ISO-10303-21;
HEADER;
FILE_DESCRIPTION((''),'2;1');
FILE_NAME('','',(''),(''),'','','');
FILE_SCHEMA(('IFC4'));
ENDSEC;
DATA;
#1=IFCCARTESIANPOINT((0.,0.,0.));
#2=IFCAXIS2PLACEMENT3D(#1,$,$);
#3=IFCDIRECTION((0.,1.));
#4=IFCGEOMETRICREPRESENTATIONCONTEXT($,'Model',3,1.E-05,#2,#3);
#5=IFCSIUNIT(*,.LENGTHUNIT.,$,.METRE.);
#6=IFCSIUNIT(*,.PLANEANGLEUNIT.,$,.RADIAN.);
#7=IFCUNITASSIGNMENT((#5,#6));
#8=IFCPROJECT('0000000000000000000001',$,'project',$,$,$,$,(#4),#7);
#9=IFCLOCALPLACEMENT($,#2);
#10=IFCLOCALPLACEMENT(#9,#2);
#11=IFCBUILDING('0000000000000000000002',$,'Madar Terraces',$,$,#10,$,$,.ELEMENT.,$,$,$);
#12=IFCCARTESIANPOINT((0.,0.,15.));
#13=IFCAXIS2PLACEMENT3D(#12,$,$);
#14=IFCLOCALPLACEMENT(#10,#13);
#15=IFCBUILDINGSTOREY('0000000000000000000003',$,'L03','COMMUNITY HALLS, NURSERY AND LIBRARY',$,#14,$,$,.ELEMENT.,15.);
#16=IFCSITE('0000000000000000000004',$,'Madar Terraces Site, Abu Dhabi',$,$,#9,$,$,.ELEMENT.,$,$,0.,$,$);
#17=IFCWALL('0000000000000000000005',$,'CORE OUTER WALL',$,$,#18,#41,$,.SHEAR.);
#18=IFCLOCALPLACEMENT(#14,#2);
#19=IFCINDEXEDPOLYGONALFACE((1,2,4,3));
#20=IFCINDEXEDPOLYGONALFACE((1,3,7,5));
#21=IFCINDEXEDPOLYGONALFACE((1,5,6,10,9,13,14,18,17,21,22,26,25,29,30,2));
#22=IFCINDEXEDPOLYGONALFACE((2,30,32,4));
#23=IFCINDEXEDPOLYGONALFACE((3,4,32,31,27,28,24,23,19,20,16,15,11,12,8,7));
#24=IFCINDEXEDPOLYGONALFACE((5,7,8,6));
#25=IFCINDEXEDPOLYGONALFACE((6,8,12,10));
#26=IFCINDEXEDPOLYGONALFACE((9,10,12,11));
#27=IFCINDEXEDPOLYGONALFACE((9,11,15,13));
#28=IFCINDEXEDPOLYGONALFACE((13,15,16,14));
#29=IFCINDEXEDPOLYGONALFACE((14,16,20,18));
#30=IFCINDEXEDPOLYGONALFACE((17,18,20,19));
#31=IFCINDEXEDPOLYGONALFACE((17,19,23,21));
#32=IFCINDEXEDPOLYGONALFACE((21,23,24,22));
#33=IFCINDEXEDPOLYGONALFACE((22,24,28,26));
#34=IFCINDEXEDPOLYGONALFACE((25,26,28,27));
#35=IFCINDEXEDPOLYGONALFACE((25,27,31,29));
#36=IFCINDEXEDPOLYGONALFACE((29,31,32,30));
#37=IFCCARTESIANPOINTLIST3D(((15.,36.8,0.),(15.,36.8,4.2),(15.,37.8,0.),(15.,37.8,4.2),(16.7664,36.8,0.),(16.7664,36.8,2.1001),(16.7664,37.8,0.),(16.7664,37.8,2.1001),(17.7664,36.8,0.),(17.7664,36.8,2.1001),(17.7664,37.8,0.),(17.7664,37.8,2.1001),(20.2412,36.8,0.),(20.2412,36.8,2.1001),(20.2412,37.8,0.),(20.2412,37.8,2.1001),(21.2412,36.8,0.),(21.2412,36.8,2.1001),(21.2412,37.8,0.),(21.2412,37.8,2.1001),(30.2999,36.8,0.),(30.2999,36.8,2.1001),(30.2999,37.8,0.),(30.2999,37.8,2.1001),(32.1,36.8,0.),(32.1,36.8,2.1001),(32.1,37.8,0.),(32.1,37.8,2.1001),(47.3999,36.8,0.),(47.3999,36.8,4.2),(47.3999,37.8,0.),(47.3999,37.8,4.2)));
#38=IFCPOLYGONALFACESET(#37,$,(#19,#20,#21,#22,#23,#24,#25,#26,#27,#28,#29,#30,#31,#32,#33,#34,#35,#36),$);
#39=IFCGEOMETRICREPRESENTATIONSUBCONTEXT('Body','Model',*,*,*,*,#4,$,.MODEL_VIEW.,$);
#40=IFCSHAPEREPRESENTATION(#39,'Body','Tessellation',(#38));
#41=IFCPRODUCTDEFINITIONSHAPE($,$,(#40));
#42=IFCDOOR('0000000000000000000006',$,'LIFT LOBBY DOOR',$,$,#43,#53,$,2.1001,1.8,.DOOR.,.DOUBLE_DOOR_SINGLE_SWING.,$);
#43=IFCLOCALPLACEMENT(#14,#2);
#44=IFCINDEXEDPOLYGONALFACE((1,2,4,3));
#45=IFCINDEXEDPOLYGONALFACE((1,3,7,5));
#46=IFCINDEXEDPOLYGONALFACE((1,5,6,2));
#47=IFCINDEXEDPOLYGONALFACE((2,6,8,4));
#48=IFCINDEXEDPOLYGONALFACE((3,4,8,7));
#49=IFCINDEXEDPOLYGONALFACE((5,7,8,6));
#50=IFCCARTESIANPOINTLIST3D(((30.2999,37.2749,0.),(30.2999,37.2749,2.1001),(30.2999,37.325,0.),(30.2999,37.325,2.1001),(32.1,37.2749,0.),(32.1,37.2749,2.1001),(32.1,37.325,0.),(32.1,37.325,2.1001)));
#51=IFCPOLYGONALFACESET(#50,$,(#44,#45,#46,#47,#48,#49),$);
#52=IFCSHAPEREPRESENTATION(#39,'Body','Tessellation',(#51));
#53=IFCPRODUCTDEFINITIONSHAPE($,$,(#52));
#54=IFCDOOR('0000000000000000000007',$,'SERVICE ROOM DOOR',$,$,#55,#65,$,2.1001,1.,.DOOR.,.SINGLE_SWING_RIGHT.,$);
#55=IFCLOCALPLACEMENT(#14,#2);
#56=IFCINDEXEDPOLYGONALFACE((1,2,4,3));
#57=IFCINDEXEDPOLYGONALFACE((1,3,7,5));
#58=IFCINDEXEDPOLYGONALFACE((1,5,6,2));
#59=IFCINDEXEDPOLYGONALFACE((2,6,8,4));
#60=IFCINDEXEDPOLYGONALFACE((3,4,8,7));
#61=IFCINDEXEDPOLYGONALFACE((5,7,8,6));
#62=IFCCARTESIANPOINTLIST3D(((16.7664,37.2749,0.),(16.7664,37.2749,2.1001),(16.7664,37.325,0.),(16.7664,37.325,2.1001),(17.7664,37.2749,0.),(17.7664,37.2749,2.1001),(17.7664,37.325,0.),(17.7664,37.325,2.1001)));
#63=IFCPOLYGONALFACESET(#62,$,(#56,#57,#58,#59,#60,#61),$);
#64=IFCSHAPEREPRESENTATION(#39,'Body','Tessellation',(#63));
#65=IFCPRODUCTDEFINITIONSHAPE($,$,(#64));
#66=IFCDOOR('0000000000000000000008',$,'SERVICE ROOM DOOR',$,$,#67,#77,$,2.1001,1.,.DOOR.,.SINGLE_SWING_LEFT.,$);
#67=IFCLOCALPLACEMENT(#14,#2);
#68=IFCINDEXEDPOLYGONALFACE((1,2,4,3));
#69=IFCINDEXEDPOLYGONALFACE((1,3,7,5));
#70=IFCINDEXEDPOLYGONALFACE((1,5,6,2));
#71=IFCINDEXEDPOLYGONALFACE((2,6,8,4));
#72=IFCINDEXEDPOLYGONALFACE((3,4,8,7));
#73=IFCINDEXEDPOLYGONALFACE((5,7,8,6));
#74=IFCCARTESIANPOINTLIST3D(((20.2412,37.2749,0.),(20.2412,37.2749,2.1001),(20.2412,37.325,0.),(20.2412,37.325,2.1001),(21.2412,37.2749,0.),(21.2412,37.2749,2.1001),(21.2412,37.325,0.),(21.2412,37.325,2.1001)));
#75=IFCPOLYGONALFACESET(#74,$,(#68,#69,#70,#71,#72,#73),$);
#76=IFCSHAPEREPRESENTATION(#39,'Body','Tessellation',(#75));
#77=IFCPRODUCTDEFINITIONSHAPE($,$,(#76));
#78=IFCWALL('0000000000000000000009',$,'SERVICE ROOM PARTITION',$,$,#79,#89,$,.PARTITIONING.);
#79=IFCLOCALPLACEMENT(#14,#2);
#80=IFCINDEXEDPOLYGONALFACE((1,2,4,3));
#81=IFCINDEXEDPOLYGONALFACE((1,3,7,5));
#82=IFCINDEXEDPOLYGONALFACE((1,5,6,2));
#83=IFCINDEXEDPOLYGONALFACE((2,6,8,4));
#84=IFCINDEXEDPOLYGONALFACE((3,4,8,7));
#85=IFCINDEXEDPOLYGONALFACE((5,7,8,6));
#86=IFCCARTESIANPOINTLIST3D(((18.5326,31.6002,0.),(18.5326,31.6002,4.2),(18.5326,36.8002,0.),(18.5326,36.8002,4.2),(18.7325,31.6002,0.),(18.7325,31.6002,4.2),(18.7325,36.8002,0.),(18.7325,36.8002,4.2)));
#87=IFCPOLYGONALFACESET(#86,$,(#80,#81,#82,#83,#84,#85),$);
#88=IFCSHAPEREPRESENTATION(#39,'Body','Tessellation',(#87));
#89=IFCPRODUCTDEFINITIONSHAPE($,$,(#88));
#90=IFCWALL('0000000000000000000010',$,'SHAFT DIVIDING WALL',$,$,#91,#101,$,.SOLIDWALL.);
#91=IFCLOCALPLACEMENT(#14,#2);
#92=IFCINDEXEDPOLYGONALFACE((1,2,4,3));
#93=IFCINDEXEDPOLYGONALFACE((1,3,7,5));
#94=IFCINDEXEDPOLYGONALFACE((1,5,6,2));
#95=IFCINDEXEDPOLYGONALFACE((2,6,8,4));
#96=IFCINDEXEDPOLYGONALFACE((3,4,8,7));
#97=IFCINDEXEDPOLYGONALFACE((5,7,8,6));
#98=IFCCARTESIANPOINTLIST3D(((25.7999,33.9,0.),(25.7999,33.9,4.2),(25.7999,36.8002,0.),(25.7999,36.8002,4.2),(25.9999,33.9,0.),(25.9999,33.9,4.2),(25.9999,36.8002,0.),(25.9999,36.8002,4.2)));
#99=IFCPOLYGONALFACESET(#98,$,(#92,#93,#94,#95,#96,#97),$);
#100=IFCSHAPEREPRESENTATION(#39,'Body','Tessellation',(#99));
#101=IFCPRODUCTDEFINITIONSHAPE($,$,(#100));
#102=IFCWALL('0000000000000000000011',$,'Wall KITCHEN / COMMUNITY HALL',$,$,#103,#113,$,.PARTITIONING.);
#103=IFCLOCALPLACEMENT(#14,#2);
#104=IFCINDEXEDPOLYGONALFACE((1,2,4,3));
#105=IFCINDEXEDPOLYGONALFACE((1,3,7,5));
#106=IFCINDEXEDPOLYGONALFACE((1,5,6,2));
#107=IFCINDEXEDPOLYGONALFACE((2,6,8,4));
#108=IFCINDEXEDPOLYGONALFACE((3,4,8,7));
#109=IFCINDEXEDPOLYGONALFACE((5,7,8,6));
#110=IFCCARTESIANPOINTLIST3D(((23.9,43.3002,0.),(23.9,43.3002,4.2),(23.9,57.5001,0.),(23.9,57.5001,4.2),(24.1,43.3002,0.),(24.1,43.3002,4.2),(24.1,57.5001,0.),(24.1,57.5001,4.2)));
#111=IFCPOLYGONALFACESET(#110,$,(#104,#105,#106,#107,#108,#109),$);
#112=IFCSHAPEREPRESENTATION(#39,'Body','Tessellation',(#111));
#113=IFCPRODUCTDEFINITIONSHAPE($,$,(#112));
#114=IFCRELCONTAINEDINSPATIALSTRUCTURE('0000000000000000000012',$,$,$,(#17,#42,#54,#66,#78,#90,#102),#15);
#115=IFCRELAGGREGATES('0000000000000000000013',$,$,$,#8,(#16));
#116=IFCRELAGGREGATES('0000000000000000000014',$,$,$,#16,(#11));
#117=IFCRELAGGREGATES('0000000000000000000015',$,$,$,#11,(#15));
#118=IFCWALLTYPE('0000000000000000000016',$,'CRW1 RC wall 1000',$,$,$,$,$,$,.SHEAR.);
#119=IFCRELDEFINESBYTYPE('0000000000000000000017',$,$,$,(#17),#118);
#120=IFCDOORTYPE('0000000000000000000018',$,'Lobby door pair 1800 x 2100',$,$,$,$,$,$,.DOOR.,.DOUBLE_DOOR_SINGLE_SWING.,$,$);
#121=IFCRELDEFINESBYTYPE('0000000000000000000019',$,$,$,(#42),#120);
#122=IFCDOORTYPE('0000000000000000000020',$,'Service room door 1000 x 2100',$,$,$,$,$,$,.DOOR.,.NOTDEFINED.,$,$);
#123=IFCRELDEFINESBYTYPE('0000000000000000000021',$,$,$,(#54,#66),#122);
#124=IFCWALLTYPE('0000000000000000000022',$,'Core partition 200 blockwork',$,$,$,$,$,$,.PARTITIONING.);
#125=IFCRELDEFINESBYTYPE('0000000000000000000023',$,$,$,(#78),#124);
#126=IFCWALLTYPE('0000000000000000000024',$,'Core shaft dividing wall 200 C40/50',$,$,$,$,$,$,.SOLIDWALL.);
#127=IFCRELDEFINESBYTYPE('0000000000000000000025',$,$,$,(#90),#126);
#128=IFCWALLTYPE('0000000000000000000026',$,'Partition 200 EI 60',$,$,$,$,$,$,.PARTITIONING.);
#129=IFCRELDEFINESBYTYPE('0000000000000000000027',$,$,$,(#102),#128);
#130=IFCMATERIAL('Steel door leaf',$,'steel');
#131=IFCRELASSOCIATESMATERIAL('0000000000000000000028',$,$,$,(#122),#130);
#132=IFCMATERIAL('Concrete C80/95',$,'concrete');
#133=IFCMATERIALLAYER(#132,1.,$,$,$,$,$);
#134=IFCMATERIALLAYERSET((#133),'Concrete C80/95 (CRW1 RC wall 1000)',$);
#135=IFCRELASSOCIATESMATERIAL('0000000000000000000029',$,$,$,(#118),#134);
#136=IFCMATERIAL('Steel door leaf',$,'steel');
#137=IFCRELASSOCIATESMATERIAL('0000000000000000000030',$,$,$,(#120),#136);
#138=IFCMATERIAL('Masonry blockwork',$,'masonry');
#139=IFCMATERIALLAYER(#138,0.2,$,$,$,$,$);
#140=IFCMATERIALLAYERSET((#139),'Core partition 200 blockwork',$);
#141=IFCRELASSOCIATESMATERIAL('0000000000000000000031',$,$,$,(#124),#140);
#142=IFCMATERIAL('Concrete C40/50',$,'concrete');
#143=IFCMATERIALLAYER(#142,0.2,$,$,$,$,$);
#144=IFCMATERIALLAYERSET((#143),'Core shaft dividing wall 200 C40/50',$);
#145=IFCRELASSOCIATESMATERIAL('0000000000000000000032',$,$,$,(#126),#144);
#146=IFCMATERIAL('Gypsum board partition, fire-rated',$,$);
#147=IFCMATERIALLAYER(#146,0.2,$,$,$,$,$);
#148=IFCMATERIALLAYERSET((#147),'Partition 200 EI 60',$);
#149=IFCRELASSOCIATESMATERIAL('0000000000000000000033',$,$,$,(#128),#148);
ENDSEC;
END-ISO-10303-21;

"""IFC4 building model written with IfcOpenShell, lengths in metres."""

from ifc_helpers import new_model, si_unit, direction, frame, frame_2d, origin, place, context, subcontext, project, spatial, rectangle, extrude, material, layer, layer_set, type_object, element, fill, save


model = new_model("IFC4")

# Units and contexts
model_context = context("Model", 3, precision=1e-05, world=origin(), true_north=direction((0.0, 1.0)))
body_context = subcontext(model_context, "Body", "Model", "MODEL_VIEW")
ifc_project = project(units=[si_unit("LENGTHUNIT", "METRE"), si_unit("PLANEANGLEUNIT", "RADIAN")], contexts=[model_context])

# Site, building, storey
site_placement = place(None, origin())
site = spatial("IfcSite", under=ifc_project, at=site_placement, Name="Madar Terraces Site, Abu Dhabi", CompositionType="ELEMENT", RefElevation=0.0)
building_placement = place(site_placement, origin())
building = spatial("IfcBuilding", under=site, at=building_placement, Name="Madar Terraces", CompositionType="ELEMENT")
storey_placement = place(building_placement, frame((0.0, 0.0, 15.0)))
storey = spatial("IfcBuildingStorey", under=building, at=storey_placement, Name="L03", Description="COMMUNITY HALLS, NURSERY AND LIBRARY", CompositionType="ELEMENT", Elevation=15.0)

# Shared definitions
ifc_material_1 = material(Name="Steel door leaf", Category="steel")
door_type_1 = type_object("IfcDoorType", Name="Service room door 1000 x 2100", OperationType="NOTDEFINED", PredefinedType="DOOR", material=ifc_material_1)

# Wall, openings, doors
ifc_material_2 = material(Name="Concrete C80/95", Category="concrete")
ifc_layer_1 = layer(ifc_material_2, 1.0)
ifc_layer_set_1 = layer_set([ifc_layer_1], Name="Concrete C80/95 (CRW1 RC wall 1000)")
wall_type_1 = type_object("IfcWallType", Name="CRW1 RC wall 1000", PredefinedType="SHEAR", material=ifc_layer_set_1)
wall_1_placement = place(storey_placement, frame((15.0, 37.3, 0.0), z_axis=(0.0, 0.0, 1.0), x_axis=(1.0, 0.0, 0.0)))
wall_1 = element("IfcWall", 1, at=wall_1_placement, inside=storey, type_object=wall_type_1, Name="CORE OUTER WALL", PredefinedType="SHEAR", context=body_context, shape_type="SweptSolid", body=[
    extrude(rectangle(XDim=32.3999, YDim=1.0, at=frame_2d((16.2, 0.0))), origin(), (0.0, 0.0, 1.0), 4.2),
])
opening_1_placement = place(wall_1_placement, frame((15.3, 0.0, 0.0)))
opening_1 = element("IfcOpeningElement", 2, at=opening_1_placement, cuts=wall_1, PredefinedType="OPENING", context=body_context, shape_type="SweptSolid", body=[
    extrude(rectangle(XDim=1.8, YDim=2.1001, at=frame_2d((0.8999, 1.05))), frame((0.0, 0.51, 0.0), z_axis=(0.0, -1.0, 0.0), x_axis=(1.0, 0.0, 0.0)), (0.0, 0.0, 1.0), 1.02),
])
opening_2_placement = place(wall_1_placement, frame((1.7664, 0.0, 0.0)))
opening_2 = element("IfcOpeningElement", 3, at=opening_2_placement, cuts=wall_1, PredefinedType="OPENING", context=body_context, shape_type="SweptSolid", body=[
    extrude(rectangle(XDim=1.0, YDim=2.1001, at=frame_2d((0.5, 1.05))), frame((0.0, 0.51, 0.0), z_axis=(0.0, -1.0, 0.0), x_axis=(1.0, 0.0, 0.0)), (0.0, 0.0, 1.0), 1.02),
])
opening_3_placement = place(wall_1_placement, frame((5.2412, 0.0, 0.0)))
opening_3 = element("IfcOpeningElement", 4, at=opening_3_placement, cuts=wall_1, PredefinedType="OPENING", context=body_context, shape_type="SweptSolid", body=[
    extrude(rectangle(XDim=1.0, YDim=2.1001, at=frame_2d((0.5, 1.05))), frame((0.0, 0.51, 0.0), z_axis=(0.0, -1.0, 0.0), x_axis=(1.0, 0.0, 0.0)), (0.0, 0.0, 1.0), 1.02),
])
ifc_material_3 = material(Name="Steel door leaf", Category="steel")
door_type_2 = type_object("IfcDoorType", Name="Lobby door pair 1800 x 2100", OperationType="DOUBLE_DOOR_SINGLE_SWING", PredefinedType="DOOR", material=ifc_material_3)
door_1_placement = place(opening_1_placement, origin())
door_1 = element("IfcDoor", 5, at=door_1_placement, inside=storey, type_object=door_type_2, Name="LIFT LOBBY DOOR", OperationType="DOUBLE_DOOR_SINGLE_SWING", OverallHeight=2.1001, OverallWidth=1.8, PredefinedType="DOOR", context=body_context, shape_type="SweptSolid", body=[
    extrude(rectangle(XDim=1.8, YDim=2.1001, at=frame_2d((0.8999, 1.05))), frame((0.0, 0.0249, 0.0), z_axis=(0.0, -1.0, 0.0), x_axis=(1.0, 0.0, 0.0)), (0.0, 0.0, 1.0), 0.05),
])
fill(opening_1, door_1)
door_2_placement = place(opening_2_placement, origin())
door_2 = element("IfcDoor", 6, at=door_2_placement, inside=storey, type_object=door_type_1, Name="SERVICE ROOM DOOR", OperationType="SINGLE_SWING_RIGHT", OverallHeight=2.1001, OverallWidth=1.0, PredefinedType="DOOR", context=body_context, shape_type="SweptSolid", body=[
    extrude(rectangle(XDim=1.0, YDim=2.1001, at=frame_2d((0.5, 1.05))), frame((0.0, 0.0249, 0.0), z_axis=(0.0, -1.0, 0.0), x_axis=(1.0, 0.0, 0.0)), (0.0, 0.0, 1.0), 0.05),
])
fill(opening_2, door_2)
door_3_placement = place(opening_3_placement, origin())
door_3 = element("IfcDoor", 7, at=door_3_placement, inside=storey, type_object=door_type_1, Name="SERVICE ROOM DOOR", OperationType="SINGLE_SWING_LEFT", OverallHeight=2.1001, OverallWidth=1.0, PredefinedType="DOOR", context=body_context, shape_type="SweptSolid", body=[
    extrude(rectangle(XDim=1.0, YDim=2.1001, at=frame_2d((0.5, 1.05))), frame((0.0, 0.0249, 0.0), z_axis=(0.0, -1.0, 0.0), x_axis=(1.0, 0.0, 0.0)), (0.0, 0.0, 1.0), 0.05),
])
fill(opening_3, door_3)

# Walls
ifc_material_4 = material(Name="Masonry blockwork", Category="masonry")
ifc_layer_2 = layer(ifc_material_4, 0.2)
ifc_layer_set_2 = layer_set([ifc_layer_2], Name="Core partition 200 blockwork")
wall_type_2 = type_object("IfcWallType", Name="Core partition 200 blockwork", PredefinedType="PARTITIONING", material=ifc_layer_set_2)
wall_2_placement = place(storey_placement, frame((18.6326, 31.6001, 0.0), z_axis=(0.0, 0.0, 1.0), x_axis=(0.0, 1.0, 0.0)))
element("IfcWall", 8, at=wall_2_placement, inside=storey, type_object=wall_type_2, Name="SERVICE ROOM PARTITION", PredefinedType="PARTITIONING", context=body_context, shape_type="SweptSolid", body=[
    extrude(rectangle(XDim=5.2, YDim=0.2, at=frame_2d((2.6001, 0.0))), origin(), (0.0, 0.0, 1.0), 4.2),
])
ifc_material_5 = material(Name="Concrete C40/50", Category="concrete")
ifc_layer_3 = layer(ifc_material_5, 0.2)
ifc_layer_set_3 = layer_set([ifc_layer_3], Name="Core shaft dividing wall 200 C40/50")
wall_type_3 = type_object("IfcWallType", Name="Core shaft dividing wall 200 C40/50", PredefinedType="SOLIDWALL", material=ifc_layer_set_3)
wall_3_placement = place(storey_placement, frame((25.8999, 33.8999, 0.0), z_axis=(0.0, 0.0, 1.0), x_axis=(0.0, 1.0, 0.0)))
element("IfcWall", 9, at=wall_3_placement, inside=storey, type_object=wall_type_3, Name="SHAFT DIVIDING WALL", PredefinedType="SOLIDWALL", context=body_context, shape_type="SweptSolid", body=[
    extrude(rectangle(XDim=2.9001, YDim=0.2, at=frame_2d((1.4502, 0.0))), origin(), (0.0, 0.0, 1.0), 4.2),
])
ifc_material_6 = material(Name="Gypsum board partition, fire-rated")
ifc_layer_4 = layer(ifc_material_6, 0.2)
ifc_layer_set_4 = layer_set([ifc_layer_4], Name="Partition 200 EI 60")
wall_type_4 = type_object("IfcWallType", Name="Partition 200 EI 60", PredefinedType="PARTITIONING", material=ifc_layer_set_4)
wall_4_placement = place(storey_placement, frame((24.0, 43.3, 0.0), z_axis=(0.0, 0.0, 1.0), x_axis=(0.0, 1.0, 0.0)))
element("IfcWall", 10, at=wall_4_placement, inside=storey, type_object=wall_type_4, Name="Wall KITCHEN / COMMUNITY HALL", PredefinedType="PARTITIONING", context=body_context, shape_type="SweptSolid", body=[
    extrude(rectangle(XDim=14.2, YDim=0.2, at=frame_2d((7.1001, 0.0))), origin(), (0.0, 0.0, 1.0), 4.2),
])

save(model, "model.ifc")
